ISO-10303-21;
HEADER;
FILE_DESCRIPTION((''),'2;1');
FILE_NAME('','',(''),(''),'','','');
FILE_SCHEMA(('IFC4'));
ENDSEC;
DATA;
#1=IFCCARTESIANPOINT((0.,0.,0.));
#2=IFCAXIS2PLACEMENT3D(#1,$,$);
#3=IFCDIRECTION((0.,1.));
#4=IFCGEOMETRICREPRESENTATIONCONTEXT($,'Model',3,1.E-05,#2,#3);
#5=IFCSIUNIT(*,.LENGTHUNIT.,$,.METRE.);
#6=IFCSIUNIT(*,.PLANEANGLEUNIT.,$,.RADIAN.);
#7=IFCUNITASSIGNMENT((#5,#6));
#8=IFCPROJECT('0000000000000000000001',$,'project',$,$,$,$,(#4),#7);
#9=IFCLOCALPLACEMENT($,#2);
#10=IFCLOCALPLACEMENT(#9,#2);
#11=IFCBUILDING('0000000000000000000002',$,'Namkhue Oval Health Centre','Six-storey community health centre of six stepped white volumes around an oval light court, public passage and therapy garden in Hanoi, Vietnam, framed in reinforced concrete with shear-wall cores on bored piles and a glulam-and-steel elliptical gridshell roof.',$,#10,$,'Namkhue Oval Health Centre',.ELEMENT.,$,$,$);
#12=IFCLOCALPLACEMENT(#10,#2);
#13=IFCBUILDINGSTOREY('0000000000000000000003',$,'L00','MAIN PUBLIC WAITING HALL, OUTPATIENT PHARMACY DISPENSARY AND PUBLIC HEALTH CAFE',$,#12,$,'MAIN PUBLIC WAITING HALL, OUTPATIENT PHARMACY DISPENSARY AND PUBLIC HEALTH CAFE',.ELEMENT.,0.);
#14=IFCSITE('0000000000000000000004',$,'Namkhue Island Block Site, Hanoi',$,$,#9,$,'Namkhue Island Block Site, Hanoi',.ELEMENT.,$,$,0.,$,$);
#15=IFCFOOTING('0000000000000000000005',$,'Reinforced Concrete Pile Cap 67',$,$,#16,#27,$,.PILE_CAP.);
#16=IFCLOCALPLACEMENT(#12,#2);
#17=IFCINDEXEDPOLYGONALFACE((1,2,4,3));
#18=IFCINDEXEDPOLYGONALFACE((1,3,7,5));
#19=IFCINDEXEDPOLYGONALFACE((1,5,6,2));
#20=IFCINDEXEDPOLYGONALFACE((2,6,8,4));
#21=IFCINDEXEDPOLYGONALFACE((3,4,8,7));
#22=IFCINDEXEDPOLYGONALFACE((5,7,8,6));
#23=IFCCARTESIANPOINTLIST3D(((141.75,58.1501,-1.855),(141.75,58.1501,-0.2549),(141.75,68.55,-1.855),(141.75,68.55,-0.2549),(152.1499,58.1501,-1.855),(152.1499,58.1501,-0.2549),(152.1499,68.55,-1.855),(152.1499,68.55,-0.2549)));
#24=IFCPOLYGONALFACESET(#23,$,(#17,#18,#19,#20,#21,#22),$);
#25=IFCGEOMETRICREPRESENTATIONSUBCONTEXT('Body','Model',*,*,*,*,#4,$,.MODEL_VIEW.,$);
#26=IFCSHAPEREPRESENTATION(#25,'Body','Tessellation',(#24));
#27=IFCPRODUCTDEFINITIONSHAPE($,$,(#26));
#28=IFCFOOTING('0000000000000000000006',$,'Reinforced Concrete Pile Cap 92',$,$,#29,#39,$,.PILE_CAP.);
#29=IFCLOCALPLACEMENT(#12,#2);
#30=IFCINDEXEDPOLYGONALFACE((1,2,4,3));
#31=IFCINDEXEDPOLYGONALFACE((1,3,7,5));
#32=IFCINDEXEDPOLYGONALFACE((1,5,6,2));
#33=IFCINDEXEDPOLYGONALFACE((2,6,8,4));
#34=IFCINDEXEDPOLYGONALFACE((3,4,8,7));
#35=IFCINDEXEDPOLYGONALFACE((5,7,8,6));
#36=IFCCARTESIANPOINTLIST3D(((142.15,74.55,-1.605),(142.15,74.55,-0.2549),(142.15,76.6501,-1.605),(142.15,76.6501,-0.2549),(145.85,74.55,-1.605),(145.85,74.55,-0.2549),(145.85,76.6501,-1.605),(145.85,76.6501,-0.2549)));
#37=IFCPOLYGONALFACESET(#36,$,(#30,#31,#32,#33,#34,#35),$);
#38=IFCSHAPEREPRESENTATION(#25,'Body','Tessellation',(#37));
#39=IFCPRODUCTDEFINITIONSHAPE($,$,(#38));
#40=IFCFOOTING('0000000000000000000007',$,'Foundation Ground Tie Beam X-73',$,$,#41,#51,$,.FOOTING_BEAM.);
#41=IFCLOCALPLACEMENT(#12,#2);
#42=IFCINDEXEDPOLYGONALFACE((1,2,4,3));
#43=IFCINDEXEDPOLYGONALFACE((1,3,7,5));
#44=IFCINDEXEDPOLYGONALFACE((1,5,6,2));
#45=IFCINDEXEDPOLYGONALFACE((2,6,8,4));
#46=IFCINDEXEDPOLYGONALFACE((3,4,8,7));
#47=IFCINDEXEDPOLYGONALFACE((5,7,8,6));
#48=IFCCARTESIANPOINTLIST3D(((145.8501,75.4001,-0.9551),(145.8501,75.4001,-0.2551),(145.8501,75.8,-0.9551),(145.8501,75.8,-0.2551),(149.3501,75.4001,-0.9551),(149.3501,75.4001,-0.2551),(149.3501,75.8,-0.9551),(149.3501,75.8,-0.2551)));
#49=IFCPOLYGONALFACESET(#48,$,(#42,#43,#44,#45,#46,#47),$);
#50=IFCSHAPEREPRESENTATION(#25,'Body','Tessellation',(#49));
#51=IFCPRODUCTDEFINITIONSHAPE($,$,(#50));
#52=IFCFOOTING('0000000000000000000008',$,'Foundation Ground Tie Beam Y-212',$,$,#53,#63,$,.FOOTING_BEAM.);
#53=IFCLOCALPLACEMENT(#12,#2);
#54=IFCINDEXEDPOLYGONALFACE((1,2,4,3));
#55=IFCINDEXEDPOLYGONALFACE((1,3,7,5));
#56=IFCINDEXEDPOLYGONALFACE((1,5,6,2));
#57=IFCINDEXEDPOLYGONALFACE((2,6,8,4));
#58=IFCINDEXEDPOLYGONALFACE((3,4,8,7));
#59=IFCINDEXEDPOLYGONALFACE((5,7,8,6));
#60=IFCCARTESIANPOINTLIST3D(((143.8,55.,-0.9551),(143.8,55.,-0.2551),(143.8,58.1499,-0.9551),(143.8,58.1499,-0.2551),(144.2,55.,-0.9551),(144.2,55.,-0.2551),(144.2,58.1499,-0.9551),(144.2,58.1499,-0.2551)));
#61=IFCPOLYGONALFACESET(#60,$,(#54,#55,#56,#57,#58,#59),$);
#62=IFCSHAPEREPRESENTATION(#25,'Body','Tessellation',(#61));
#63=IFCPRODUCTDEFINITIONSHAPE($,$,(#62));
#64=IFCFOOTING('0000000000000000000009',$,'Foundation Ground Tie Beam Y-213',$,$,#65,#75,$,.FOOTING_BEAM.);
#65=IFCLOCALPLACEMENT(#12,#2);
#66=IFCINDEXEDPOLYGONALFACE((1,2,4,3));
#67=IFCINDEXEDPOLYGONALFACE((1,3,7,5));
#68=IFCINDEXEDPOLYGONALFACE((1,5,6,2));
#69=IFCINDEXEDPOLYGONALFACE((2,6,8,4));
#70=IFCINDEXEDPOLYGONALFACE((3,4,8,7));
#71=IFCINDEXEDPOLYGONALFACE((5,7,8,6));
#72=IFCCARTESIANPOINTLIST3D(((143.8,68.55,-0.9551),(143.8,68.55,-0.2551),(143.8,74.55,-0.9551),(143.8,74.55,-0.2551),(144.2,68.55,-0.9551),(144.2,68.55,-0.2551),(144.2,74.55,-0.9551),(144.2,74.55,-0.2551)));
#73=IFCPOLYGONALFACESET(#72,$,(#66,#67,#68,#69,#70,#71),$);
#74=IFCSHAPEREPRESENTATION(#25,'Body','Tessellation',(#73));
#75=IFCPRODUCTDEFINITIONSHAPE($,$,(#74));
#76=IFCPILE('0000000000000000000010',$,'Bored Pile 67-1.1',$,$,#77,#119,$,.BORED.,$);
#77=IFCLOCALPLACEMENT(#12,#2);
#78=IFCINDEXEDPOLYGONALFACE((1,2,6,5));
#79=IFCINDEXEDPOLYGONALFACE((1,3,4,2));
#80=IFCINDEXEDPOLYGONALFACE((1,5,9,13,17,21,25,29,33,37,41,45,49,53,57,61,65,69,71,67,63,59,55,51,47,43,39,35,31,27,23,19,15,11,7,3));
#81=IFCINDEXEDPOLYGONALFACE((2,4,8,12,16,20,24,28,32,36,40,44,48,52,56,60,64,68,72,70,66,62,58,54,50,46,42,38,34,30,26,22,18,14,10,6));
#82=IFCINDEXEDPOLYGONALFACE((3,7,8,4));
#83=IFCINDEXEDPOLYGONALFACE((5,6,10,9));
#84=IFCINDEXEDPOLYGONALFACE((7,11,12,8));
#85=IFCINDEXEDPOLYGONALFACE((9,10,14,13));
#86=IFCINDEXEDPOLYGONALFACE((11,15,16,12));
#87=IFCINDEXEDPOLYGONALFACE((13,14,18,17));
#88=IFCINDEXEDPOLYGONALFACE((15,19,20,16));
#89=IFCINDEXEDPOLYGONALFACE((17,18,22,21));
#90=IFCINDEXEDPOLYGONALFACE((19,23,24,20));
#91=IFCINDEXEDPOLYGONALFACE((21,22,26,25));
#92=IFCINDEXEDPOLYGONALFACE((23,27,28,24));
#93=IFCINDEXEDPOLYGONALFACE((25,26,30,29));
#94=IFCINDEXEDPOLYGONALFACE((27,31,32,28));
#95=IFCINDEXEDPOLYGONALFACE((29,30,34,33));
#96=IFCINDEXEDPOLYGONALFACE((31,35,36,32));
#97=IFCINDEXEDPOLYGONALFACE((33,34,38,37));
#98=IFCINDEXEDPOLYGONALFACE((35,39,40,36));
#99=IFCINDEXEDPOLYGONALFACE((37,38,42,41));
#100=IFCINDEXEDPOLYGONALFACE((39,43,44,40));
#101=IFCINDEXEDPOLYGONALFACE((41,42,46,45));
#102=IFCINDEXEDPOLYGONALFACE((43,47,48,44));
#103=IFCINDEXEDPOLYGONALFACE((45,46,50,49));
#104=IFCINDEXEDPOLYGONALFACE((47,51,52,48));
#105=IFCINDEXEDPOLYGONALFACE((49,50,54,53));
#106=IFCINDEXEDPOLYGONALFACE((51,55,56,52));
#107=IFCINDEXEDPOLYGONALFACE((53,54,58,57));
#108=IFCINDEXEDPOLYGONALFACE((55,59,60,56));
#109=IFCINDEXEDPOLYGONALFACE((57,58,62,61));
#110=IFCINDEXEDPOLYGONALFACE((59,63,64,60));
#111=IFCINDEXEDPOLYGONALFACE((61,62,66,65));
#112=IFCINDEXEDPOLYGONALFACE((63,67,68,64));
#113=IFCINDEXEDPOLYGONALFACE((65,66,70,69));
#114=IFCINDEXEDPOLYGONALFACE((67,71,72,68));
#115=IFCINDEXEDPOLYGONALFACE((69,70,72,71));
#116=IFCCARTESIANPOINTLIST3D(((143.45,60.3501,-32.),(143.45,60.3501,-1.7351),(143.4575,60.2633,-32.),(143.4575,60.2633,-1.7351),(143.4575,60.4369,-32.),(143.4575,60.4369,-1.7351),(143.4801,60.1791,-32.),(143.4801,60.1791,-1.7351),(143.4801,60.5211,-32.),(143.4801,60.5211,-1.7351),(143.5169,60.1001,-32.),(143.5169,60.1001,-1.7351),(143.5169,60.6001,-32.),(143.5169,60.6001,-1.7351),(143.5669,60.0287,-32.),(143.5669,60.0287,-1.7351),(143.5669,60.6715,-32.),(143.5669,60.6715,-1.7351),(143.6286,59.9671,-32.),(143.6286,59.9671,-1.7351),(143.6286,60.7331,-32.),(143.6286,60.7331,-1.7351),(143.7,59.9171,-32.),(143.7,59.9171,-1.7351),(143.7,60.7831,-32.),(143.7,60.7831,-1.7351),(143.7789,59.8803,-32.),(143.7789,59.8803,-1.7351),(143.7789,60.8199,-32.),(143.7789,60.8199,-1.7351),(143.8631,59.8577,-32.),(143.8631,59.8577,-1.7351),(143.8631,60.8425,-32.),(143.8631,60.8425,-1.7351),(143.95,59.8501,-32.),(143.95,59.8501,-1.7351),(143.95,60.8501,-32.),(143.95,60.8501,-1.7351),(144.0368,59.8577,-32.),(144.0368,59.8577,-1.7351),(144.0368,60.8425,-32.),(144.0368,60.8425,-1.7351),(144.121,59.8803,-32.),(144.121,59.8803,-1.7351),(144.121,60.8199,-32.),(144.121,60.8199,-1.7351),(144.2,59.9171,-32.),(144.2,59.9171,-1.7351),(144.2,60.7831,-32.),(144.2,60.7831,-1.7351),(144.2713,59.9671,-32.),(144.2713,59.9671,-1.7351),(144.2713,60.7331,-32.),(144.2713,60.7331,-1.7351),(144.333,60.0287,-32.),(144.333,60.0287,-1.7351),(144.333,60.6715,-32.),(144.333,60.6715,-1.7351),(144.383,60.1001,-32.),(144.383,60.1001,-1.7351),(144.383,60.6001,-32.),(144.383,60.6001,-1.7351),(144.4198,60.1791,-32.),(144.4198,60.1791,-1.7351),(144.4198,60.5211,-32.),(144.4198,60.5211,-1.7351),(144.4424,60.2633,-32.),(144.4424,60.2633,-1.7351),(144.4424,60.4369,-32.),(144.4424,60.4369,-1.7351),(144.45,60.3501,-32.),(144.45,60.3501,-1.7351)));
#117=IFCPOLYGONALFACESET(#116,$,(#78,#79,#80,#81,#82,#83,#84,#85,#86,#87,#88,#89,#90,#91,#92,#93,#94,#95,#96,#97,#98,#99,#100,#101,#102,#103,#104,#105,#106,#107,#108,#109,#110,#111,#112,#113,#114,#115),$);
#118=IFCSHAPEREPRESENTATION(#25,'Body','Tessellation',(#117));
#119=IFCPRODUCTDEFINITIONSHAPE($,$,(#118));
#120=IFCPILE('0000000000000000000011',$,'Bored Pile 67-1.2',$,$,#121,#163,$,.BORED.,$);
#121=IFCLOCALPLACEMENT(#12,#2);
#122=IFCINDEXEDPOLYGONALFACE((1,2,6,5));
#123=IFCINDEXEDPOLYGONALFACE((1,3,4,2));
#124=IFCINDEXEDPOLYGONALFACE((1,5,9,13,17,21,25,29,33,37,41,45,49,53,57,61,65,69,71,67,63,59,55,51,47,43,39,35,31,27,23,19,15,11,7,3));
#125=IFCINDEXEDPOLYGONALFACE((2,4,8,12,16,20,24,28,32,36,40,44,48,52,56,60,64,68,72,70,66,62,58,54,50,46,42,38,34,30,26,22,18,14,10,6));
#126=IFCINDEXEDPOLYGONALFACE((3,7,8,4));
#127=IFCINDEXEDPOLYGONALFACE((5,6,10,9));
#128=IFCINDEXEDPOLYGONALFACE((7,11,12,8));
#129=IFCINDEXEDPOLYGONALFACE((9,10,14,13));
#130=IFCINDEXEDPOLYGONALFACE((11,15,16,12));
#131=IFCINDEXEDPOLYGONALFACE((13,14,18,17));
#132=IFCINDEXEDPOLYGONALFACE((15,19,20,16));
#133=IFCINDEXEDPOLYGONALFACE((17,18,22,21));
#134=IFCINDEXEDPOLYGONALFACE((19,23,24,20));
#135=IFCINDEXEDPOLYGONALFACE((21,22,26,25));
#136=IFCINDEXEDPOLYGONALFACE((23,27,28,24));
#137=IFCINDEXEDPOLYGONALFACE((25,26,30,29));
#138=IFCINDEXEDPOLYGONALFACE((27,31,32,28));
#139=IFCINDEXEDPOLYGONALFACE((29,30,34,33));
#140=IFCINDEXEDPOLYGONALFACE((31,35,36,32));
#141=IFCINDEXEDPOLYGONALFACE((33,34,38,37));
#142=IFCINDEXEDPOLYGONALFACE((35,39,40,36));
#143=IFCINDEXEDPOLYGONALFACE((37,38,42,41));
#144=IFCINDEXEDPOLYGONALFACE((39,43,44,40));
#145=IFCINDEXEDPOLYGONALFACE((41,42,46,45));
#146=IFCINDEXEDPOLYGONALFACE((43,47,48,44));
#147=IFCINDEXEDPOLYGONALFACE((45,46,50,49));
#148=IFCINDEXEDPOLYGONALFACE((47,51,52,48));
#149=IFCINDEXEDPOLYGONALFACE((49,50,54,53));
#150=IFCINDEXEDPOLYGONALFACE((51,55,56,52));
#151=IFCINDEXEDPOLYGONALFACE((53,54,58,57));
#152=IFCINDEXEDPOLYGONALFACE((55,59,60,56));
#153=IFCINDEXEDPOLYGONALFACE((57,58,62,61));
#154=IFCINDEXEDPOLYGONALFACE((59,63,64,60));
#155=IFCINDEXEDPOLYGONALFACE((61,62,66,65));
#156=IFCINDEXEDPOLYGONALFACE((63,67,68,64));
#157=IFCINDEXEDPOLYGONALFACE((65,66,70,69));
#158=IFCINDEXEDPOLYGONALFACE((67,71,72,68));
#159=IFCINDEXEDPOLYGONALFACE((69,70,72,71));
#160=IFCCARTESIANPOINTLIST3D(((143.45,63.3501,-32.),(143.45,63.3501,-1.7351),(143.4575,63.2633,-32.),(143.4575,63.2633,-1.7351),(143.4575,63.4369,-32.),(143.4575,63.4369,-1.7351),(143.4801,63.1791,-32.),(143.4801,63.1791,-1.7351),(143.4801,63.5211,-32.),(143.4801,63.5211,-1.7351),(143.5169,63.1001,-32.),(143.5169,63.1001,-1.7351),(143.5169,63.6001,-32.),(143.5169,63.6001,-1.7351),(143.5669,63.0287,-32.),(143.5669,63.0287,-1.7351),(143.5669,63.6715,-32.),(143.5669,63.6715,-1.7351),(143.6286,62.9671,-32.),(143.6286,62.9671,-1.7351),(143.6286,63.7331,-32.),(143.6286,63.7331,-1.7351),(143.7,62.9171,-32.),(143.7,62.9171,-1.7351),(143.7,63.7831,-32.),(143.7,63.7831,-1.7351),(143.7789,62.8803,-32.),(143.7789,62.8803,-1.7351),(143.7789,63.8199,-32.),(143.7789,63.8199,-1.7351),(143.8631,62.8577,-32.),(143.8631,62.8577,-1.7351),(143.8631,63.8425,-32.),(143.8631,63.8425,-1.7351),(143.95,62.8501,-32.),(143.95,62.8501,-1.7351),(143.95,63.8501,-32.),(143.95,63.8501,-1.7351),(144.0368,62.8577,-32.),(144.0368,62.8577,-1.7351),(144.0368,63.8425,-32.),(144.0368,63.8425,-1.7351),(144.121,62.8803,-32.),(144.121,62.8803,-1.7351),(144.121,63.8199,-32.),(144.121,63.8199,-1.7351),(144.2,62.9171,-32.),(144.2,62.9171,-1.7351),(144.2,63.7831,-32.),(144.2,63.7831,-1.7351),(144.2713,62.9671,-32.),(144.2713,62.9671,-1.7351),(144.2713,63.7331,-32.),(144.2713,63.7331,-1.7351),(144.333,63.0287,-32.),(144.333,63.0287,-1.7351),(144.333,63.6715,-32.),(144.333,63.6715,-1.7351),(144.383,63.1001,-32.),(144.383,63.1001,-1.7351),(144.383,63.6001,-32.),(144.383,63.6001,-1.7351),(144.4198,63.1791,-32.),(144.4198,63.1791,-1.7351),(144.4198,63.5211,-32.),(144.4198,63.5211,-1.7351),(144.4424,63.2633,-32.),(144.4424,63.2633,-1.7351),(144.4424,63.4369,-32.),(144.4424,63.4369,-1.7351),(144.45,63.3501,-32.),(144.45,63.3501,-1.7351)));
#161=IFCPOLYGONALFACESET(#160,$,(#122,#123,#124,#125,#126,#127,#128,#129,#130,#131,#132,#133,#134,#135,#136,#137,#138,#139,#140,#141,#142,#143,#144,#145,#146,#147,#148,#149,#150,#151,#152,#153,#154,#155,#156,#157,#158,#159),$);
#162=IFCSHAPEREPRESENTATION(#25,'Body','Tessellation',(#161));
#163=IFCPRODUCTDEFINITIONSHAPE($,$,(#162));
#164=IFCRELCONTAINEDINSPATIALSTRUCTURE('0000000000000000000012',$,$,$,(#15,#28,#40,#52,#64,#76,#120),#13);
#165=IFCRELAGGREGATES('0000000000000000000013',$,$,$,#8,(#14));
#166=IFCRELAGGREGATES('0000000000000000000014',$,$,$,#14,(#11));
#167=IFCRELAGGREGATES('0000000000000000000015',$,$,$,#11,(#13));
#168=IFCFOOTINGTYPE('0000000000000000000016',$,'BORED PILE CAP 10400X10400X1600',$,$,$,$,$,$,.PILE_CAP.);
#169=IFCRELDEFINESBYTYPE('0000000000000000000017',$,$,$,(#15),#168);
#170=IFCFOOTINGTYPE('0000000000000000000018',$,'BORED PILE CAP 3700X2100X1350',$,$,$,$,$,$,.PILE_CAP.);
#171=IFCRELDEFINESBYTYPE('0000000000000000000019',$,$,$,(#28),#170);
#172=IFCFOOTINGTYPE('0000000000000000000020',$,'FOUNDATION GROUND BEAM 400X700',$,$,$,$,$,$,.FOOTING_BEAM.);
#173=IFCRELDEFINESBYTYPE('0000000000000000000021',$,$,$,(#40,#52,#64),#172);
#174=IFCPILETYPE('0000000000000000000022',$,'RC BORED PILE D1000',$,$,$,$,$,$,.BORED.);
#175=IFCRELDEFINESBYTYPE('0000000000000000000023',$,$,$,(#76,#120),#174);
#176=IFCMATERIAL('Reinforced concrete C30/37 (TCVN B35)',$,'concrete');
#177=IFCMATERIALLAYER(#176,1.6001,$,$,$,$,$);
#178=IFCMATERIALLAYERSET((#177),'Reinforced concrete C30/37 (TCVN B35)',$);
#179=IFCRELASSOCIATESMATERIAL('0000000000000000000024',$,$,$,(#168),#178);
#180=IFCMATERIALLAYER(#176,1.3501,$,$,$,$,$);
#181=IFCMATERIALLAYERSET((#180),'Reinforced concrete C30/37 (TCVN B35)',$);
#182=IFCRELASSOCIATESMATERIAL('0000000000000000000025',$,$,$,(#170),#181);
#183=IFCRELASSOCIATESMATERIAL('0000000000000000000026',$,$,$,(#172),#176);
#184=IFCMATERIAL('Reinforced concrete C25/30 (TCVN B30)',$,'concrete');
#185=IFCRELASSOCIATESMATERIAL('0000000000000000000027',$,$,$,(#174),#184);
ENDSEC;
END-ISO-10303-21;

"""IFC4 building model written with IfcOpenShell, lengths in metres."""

from ifc_helpers import new_model, si_unit, direction, frame, origin, origin_2d, place, context, subcontext, project, spatial, rectangle, circle, extrude, material, layer, layer_set, material_profile, profile_set, type_object, element, save


model = new_model("IFC4")

# Units and contexts
model_context = context("Model", 3, precision=1e-05, world=origin(), true_north=direction((0.0, 1.0)))
body_context = subcontext(model_context, "Body", "Model", "MODEL_VIEW")
ifc_project = project(units=[si_unit("LENGTHUNIT", "METRE"), si_unit("PLANEANGLEUNIT", "RADIAN")], contexts=[model_context])

# Site, building, storey
site_placement = place(None, origin())
site = spatial("IfcSite", under=ifc_project, at=site_placement, Name="Namkhue Island Block Site, Hanoi", LongName="Namkhue Island Block Site, Hanoi", CompositionType="ELEMENT", RefElevation=0.0)
building_placement = place(site_placement, origin())
building = spatial("IfcBuilding", under=site, at=building_placement, Name="Namkhue Oval Health Centre", Description="Six-storey community health centre of six stepped white volumes around an oval light court, public passage and therapy garden in Hanoi, Vietnam, framed in reinforced concrete with shear-wall cores on bored piles and a glulam-and-steel elliptical gridshell roof.", LongName="Namkhue Oval Health Centre", CompositionType="ELEMENT")
storey_placement = place(building_placement, origin())
storey = spatial("IfcBuildingStorey", under=building, at=storey_placement, Name="L00", Description="MAIN PUBLIC WAITING HALL, OUTPATIENT PHARMACY DISPENSARY AND PUBLIC HEALTH CAFE", LongName="MAIN PUBLIC WAITING HALL, OUTPATIENT PHARMACY DISPENSARY AND PUBLIC HEALTH CAFE", CompositionType="ELEMENT", Elevation=0.0)

# Footings
ifc_material_1 = material(Name="Reinforced concrete C30/37 (TCVN B35)", Category="concrete")
ifc_layer_1 = layer(ifc_material_1, 1.6001)
ifc_layer_set_1 = layer_set([ifc_layer_1], Name="Reinforced concrete C30/37 (TCVN B35)")
footing_type_1 = type_object("IfcFootingType", Name="BORED PILE CAP 10400X10400X1600", PredefinedType="PILE_CAP", material=ifc_layer_set_1)
footing_1_placement = place(storey_placement, frame((146.95, 63.3501, -1.855), z_axis=(0.0, 0.0, 1.0), x_axis=(1.0, 0.0, 0.0)))
element("IfcFooting", 1, at=footing_1_placement, inside=storey, type_object=footing_type_1, Name="Reinforced Concrete Pile Cap 67", PredefinedType="PILE_CAP", context=body_context, shape_type="SweptSolid", body=[
    extrude(rectangle(XDim=10.3999, YDim=10.3999, at=origin_2d()), origin(), (0.0, 0.0, 1.0), 1.6001),
])
ifc_layer_2 = layer(ifc_material_1, 1.3501)
ifc_layer_set_2 = layer_set([ifc_layer_2], Name="Reinforced concrete C30/37 (TCVN B35)")
footing_type_2 = type_object("IfcFootingType", Name="BORED PILE CAP 3700X2100X1350", PredefinedType="PILE_CAP", material=ifc_layer_set_2)
footing_2_placement = place(storey_placement, frame((144.0, 75.6001, -1.605), z_axis=(0.0, 0.0, 1.0), x_axis=(1.0, 0.0, 0.0)))
element("IfcFooting", 2, at=footing_2_placement, inside=storey, type_object=footing_type_2, Name="Reinforced Concrete Pile Cap 92", PredefinedType="PILE_CAP", context=body_context, shape_type="SweptSolid", body=[
    extrude(rectangle(XDim=3.7, YDim=2.1001, at=origin_2d()), origin(), (0.0, 0.0, 1.0), 1.3501),
])
footing_type_3 = type_object("IfcFootingType", Name="FOUNDATION GROUND BEAM 400X700", PredefinedType="FOOTING_BEAM", material=ifc_material_1)
footing_3_placement = place(storey_placement, frame((147.6001, 75.6001, -0.9551), z_axis=(0.0, 0.0, 1.0), x_axis=(1.0, 0.0, 0.0)))
element("IfcFooting", 3, at=footing_3_placement, inside=storey, type_object=footing_type_3, Name="Foundation Ground Tie Beam X-73", PredefinedType="FOOTING_BEAM", context=body_context, shape_type="SweptSolid", body=[
    extrude(rectangle(XDim=3.5, YDim=0.3999, at=origin_2d()), origin(), (0.0, 0.0, 1.0), 0.7),
])
footing_4_placement = place(storey_placement, frame((144.0, 56.575, -0.9551), z_axis=(0.0, 0.0, 1.0), x_axis=(0.0, 1.0, 0.0)))
element("IfcFooting", 4, at=footing_4_placement, inside=storey, type_object=footing_type_3, Name="Foundation Ground Tie Beam Y-212", PredefinedType="FOOTING_BEAM", context=body_context, shape_type="SweptSolid", body=[
    extrude(rectangle(XDim=3.1499, YDim=0.3999, at=origin_2d()), origin(), (0.0, 0.0, 1.0), 0.7),
])
footing_5_placement = place(storey_placement, frame((144.0, 71.55, -0.9551), z_axis=(0.0, 0.0, 1.0), x_axis=(0.0, 1.0, 0.0)))
element("IfcFooting", 5, at=footing_5_placement, inside=storey, type_object=footing_type_3, Name="Foundation Ground Tie Beam Y-213", PredefinedType="FOOTING_BEAM", context=body_context, shape_type="SweptSolid", body=[
    extrude(rectangle(XDim=6.0, YDim=0.3999, at=origin_2d()), origin(), (0.0, 0.0, 1.0), 0.7),
])

# Piles
ifc_material_2 = material(Name="Reinforced concrete C25/30 (TCVN B30)", Category="concrete")
ifc_material_profile_1 = material_profile(ifc_material_2, circle(Radius=0.5, at=origin_2d()), Name="BORED PILE D1000")
ifc_profile_set_1 = profile_set([ifc_material_profile_1], Name="Reinforced concrete C25/30 (TCVN B30)")
pile_type_1 = type_object("IfcPileType", Name="RC BORED PILE D1000", PredefinedType="BORED", material=ifc_profile_set_1)
for number, where, z_axis, x_axis, name in (
    (6, (143.95, 60.3501, -1.7351), (0.0, 0.0, -1.0), (1.0, 0.0, 0.0), "Bored Pile 67-1.1"),
    (7, (143.95, 63.3501, -1.7351), (0.0, 0.0, -1.0), (1.0, 0.0, 0.0), "Bored Pile 67-1.2"),
):
    element("IfcPile", number, at=place(storey_placement, frame(where, z_axis=z_axis, x_axis=x_axis)), inside=storey, type_object=pile_type_1, Name=name, PredefinedType="BORED", context=body_context, shape_type="SweptSolid", body=[
        extrude(circle(Radius=0.5, at=origin_2d()), origin(), (0.0, 0.0, 1.0), 30.2649),
    ])

save(model, "model.ifc")
